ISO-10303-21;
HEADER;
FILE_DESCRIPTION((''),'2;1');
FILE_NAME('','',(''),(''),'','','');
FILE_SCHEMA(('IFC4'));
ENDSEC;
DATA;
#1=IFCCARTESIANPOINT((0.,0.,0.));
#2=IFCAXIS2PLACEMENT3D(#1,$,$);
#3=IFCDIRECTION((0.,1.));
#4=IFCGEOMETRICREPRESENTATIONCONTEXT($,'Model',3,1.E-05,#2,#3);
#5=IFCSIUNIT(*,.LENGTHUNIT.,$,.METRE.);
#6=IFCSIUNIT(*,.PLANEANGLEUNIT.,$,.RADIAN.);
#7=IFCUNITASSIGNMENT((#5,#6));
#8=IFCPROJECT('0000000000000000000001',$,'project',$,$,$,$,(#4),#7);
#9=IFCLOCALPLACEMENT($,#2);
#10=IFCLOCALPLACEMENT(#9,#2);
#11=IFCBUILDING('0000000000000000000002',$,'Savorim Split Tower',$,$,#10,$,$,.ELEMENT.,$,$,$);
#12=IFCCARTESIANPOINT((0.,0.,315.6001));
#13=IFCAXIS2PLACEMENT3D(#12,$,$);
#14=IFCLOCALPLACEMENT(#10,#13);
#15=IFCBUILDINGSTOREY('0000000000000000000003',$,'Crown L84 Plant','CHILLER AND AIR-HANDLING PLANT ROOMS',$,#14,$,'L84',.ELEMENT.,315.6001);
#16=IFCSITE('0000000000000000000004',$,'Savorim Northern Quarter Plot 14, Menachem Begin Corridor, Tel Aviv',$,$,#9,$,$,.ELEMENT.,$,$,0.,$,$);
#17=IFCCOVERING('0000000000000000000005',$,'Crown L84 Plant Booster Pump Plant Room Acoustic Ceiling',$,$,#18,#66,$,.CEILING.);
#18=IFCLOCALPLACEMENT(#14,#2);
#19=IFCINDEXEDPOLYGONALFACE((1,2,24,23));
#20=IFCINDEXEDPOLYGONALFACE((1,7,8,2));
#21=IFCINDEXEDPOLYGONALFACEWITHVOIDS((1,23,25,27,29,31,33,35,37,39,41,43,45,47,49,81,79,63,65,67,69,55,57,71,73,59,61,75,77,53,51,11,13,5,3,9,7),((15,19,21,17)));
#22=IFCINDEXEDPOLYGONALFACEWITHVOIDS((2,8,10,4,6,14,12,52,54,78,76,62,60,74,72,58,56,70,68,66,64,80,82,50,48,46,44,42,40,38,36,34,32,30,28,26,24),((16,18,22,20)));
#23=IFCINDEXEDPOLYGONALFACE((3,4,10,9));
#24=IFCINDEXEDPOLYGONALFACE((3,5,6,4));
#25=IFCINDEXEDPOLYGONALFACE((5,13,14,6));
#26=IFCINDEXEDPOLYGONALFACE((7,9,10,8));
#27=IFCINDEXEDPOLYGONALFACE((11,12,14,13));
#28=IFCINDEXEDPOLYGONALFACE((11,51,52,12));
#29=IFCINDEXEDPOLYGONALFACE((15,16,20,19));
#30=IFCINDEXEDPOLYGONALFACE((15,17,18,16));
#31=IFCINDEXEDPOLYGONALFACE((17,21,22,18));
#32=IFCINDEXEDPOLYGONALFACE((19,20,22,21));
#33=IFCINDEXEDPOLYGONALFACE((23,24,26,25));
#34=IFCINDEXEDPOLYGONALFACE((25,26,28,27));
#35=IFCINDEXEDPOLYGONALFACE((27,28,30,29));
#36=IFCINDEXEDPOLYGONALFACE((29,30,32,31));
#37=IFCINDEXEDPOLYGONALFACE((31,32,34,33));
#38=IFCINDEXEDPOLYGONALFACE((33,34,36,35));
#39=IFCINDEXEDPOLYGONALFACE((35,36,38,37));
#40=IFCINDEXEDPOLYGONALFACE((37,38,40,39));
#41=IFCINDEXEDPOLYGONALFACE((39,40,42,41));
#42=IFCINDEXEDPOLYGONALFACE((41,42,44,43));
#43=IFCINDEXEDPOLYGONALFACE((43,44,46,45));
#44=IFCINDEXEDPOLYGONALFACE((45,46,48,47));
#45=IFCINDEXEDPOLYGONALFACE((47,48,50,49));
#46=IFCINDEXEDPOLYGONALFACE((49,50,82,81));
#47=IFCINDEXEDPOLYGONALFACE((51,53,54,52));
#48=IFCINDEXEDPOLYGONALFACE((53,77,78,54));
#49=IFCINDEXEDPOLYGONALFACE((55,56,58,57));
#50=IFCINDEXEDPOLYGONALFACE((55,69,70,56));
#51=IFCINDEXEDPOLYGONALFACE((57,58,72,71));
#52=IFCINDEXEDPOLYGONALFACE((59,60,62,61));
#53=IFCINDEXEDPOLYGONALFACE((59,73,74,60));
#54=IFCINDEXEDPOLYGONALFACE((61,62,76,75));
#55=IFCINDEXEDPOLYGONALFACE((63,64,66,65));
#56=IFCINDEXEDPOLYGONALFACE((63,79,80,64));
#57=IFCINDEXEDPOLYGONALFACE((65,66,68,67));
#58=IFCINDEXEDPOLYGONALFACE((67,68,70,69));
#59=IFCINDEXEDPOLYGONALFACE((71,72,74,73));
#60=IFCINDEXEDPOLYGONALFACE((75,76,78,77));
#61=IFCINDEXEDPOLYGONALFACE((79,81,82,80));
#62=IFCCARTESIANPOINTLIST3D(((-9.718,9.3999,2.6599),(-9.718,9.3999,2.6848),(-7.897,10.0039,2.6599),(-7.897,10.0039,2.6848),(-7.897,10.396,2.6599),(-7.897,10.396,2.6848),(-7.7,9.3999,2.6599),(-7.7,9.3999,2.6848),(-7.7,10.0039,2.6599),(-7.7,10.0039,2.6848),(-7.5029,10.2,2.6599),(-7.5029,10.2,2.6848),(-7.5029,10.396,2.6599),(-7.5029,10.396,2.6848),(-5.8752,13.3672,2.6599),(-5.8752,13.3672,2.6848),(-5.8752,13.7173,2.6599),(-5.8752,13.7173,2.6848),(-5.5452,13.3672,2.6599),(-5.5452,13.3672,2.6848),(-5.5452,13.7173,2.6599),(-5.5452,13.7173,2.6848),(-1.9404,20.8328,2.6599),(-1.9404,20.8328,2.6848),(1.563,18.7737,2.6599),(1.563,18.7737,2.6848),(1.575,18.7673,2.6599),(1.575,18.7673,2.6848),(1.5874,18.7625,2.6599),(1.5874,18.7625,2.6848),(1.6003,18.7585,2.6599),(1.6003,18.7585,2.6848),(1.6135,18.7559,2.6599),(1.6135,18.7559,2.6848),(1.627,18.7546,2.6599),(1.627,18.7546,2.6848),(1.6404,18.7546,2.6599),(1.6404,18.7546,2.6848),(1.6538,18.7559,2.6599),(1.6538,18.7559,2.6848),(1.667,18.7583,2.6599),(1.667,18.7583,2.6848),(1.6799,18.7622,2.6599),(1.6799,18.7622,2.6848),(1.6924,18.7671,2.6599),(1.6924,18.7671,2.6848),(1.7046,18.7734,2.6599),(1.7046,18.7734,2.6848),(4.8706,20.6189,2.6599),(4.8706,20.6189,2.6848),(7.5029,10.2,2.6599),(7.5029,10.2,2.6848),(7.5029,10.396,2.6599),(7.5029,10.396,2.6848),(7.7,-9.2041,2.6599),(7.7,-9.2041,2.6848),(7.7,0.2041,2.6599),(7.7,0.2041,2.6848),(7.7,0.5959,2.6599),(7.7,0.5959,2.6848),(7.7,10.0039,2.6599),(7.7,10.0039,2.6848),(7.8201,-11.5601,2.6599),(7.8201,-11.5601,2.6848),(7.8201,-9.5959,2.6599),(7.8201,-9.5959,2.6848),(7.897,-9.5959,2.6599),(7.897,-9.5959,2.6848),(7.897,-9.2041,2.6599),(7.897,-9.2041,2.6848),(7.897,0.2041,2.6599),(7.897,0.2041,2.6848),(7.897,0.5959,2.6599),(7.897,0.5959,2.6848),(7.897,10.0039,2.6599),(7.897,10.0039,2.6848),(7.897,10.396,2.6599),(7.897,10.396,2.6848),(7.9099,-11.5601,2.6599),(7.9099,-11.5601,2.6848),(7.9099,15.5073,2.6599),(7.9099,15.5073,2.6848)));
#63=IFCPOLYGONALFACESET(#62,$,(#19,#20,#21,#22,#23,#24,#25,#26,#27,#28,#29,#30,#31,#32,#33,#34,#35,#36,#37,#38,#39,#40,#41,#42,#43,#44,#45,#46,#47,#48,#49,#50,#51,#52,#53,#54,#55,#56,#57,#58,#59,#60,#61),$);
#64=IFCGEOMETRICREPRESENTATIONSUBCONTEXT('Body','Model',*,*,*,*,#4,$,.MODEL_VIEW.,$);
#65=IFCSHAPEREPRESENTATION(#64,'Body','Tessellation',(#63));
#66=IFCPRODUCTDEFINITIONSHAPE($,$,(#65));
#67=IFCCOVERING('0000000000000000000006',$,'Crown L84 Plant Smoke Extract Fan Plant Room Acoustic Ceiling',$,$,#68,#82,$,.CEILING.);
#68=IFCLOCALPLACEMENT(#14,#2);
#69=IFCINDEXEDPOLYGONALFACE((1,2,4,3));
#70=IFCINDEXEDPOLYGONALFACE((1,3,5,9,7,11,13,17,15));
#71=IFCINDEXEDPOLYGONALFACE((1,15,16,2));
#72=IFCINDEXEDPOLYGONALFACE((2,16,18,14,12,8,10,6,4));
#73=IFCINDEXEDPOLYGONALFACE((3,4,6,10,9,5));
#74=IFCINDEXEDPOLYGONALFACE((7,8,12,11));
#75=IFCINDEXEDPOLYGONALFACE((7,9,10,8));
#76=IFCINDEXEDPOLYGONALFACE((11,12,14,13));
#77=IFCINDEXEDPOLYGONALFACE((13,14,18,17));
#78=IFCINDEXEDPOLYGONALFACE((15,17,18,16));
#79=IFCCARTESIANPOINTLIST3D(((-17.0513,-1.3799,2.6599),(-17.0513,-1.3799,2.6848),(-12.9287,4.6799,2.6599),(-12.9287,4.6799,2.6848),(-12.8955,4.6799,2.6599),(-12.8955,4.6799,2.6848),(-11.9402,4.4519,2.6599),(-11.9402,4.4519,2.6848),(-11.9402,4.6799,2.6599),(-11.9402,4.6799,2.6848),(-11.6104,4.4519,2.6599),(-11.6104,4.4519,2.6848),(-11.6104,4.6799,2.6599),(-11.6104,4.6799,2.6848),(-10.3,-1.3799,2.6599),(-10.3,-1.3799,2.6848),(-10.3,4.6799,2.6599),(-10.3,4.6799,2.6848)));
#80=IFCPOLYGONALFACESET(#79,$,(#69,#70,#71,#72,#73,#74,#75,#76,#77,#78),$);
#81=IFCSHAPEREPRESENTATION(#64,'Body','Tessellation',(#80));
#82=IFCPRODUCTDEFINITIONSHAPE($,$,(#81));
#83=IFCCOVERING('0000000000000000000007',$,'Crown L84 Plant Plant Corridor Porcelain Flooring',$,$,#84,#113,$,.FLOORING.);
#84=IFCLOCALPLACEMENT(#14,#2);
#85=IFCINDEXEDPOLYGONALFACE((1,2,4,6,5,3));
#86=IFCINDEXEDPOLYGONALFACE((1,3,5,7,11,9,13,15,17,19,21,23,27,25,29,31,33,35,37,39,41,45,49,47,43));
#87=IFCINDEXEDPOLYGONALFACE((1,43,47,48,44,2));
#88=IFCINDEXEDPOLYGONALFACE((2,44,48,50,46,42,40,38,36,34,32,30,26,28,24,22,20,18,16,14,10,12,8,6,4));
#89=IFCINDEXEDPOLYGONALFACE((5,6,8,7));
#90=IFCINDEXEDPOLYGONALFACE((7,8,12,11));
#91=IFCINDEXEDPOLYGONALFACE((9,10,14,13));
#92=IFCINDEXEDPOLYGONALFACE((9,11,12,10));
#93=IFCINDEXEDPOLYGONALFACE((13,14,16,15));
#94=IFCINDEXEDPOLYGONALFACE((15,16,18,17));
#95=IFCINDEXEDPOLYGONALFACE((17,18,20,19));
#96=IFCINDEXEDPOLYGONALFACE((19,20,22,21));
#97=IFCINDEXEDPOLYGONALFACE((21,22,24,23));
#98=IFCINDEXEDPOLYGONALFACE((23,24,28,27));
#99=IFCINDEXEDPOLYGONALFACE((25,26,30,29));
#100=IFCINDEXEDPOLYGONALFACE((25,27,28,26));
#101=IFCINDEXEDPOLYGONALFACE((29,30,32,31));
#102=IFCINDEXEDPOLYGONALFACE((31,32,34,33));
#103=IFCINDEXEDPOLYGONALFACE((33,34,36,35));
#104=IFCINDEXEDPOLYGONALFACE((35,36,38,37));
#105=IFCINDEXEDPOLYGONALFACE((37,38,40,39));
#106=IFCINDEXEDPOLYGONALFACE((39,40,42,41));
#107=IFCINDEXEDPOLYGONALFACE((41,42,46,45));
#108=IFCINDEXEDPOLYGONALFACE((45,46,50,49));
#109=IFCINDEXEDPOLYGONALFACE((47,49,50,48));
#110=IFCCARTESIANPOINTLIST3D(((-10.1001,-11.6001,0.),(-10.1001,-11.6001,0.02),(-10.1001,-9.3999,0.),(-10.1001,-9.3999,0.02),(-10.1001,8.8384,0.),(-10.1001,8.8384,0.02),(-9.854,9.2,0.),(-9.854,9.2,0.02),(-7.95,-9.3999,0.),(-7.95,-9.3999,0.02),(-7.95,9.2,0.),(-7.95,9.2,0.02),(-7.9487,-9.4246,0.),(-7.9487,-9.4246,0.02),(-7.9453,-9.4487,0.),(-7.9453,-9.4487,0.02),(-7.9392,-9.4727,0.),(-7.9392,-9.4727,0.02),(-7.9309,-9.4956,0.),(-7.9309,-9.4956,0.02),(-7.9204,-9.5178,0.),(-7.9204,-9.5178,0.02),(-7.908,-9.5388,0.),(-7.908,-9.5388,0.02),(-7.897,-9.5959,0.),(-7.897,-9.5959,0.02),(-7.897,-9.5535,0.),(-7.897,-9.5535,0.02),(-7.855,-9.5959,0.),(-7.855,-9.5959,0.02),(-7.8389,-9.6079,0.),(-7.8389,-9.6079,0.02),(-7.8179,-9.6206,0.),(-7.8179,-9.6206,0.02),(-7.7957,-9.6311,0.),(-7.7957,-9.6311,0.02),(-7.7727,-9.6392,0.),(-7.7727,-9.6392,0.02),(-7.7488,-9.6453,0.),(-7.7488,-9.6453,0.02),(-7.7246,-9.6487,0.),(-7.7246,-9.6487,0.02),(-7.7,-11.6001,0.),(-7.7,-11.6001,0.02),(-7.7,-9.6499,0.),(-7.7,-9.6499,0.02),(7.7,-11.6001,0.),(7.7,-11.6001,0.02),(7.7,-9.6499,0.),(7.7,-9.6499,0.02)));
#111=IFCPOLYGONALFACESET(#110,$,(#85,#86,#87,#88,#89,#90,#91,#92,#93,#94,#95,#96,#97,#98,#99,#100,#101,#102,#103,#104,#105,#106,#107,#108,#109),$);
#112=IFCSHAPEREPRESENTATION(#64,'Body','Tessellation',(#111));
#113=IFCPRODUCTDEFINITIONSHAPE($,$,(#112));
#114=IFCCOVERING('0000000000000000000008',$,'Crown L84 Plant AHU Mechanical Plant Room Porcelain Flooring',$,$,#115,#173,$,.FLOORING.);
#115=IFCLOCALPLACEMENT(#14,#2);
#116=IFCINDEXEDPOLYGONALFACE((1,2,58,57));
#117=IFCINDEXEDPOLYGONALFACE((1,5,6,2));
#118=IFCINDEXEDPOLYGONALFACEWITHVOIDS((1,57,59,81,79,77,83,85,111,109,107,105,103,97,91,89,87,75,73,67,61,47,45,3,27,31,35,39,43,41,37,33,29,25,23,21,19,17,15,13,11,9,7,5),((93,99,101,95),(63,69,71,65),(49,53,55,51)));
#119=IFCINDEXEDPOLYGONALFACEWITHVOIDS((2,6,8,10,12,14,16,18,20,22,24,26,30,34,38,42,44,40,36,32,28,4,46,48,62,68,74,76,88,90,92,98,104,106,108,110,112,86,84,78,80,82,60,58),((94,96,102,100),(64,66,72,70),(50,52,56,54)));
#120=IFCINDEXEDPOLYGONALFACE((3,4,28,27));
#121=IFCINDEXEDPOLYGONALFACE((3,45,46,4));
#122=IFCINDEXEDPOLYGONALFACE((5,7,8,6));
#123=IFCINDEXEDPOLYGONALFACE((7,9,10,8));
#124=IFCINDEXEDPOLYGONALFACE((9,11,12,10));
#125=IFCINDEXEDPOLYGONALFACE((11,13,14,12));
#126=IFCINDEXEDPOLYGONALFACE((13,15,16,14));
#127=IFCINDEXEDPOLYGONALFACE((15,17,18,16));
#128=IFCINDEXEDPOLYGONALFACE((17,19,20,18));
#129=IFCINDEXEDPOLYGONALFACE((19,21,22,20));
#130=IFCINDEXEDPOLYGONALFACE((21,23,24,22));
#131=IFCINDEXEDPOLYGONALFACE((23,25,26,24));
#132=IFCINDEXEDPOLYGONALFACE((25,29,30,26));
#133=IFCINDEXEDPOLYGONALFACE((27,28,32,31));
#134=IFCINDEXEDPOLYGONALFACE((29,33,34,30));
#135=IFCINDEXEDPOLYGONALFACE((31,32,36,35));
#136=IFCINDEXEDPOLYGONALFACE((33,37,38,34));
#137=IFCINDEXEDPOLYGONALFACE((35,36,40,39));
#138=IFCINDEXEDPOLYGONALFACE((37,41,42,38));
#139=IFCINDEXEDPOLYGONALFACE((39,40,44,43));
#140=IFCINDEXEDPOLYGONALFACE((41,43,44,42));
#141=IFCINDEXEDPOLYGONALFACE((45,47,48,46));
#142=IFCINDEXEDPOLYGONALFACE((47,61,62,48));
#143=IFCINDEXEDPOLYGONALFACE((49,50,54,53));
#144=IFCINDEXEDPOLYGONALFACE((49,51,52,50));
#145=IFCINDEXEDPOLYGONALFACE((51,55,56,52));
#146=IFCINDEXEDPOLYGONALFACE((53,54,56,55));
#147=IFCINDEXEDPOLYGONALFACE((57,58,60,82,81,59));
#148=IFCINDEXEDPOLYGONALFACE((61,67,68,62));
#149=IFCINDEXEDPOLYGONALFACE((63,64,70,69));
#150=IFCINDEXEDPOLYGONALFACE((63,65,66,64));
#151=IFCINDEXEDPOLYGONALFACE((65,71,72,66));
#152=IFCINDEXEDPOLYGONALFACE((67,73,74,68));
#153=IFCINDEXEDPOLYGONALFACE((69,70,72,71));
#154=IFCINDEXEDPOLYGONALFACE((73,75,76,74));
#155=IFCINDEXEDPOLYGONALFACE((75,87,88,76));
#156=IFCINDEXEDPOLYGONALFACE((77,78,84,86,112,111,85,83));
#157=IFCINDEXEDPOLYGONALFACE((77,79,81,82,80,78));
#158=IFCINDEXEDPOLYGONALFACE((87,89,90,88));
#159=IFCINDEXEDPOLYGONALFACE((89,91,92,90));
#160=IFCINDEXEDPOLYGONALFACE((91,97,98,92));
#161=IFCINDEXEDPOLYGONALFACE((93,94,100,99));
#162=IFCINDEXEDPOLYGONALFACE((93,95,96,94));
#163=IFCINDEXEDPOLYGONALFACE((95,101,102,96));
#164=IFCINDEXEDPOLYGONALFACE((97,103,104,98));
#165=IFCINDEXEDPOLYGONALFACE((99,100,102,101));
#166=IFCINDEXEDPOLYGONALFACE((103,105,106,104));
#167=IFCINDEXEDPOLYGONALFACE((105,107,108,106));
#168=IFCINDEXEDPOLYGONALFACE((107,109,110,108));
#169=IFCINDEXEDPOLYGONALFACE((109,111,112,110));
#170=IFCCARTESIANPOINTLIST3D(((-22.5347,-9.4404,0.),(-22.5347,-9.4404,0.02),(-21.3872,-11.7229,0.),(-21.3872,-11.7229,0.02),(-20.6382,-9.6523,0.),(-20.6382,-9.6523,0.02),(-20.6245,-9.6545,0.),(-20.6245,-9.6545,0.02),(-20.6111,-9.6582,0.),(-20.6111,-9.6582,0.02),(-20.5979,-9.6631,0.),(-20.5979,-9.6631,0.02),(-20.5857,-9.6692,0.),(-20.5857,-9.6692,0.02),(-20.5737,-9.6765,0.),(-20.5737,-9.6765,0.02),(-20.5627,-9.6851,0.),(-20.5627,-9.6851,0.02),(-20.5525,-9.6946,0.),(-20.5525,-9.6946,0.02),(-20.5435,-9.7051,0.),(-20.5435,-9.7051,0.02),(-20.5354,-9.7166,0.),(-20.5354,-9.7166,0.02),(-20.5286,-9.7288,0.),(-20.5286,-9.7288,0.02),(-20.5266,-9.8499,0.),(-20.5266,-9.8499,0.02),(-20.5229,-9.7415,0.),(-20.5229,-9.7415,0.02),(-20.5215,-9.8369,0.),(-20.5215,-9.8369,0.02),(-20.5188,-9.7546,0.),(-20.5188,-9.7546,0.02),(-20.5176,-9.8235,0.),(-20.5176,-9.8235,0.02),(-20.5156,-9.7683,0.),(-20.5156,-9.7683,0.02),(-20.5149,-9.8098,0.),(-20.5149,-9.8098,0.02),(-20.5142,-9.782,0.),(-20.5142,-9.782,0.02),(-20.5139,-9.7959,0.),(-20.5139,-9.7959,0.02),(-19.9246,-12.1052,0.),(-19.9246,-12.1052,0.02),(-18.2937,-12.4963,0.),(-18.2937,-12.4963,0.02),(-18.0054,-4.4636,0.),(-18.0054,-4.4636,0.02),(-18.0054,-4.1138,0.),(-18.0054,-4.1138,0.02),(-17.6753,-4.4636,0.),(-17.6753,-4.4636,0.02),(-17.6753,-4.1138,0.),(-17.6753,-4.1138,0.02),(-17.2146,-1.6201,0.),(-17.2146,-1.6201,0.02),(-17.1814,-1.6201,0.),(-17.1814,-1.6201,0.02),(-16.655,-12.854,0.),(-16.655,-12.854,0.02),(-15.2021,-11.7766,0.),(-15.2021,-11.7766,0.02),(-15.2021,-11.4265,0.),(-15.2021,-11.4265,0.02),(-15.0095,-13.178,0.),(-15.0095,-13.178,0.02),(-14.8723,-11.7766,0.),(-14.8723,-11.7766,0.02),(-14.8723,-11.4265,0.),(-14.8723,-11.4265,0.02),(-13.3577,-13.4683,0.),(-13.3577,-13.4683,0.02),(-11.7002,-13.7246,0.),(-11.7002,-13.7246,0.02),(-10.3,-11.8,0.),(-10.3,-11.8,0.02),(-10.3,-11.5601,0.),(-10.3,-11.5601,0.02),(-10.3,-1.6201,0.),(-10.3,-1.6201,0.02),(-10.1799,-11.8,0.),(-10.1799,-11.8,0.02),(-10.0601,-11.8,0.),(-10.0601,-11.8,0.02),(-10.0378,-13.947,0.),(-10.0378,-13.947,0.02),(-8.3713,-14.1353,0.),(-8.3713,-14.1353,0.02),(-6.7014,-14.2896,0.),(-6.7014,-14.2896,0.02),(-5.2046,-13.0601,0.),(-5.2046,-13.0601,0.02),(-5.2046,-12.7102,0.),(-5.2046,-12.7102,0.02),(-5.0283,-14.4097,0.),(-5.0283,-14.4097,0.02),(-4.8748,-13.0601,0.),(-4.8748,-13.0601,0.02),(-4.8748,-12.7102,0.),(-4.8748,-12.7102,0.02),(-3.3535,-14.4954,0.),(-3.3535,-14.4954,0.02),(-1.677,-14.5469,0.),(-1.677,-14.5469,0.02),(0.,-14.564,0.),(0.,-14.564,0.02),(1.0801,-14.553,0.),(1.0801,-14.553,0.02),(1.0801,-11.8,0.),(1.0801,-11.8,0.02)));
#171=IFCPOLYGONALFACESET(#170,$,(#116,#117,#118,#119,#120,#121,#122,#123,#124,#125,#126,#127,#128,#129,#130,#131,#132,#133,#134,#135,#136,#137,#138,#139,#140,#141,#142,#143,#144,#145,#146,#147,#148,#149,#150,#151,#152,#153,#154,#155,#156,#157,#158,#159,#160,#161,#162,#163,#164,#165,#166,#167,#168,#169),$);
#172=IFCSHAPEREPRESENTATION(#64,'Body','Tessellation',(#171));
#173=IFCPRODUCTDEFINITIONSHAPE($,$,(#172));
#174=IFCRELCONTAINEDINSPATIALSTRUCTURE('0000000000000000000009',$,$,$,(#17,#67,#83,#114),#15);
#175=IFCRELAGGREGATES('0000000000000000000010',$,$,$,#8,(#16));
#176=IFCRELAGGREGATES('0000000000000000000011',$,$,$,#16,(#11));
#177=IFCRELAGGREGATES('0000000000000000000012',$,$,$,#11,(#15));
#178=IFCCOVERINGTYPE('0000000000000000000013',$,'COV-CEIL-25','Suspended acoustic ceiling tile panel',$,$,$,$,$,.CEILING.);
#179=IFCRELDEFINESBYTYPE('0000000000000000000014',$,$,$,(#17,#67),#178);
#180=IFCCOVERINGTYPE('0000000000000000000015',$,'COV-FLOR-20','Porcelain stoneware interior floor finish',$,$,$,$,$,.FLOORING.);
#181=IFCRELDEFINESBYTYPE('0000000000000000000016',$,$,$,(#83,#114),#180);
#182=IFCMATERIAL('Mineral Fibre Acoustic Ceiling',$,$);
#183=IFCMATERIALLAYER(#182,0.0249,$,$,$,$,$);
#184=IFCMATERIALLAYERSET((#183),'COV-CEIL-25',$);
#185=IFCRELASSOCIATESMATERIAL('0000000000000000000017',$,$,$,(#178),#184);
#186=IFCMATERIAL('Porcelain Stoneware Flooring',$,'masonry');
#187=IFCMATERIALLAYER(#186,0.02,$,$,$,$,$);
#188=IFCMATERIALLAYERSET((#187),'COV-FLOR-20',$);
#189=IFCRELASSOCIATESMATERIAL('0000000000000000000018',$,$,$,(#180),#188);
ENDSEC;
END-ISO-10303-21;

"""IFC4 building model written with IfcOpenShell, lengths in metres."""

from ifc_helpers import new_model, si_unit, direction, frame, origin, place, context, subcontext, project, spatial, polyline, outline, extrude, material, layer, layer_set, type_object, element, save


model = new_model("IFC4")

# Units and contexts
model_context = context("Model", 3, precision=1e-05, world=origin(), true_north=direction((0.0, 1.0)))
body_context = subcontext(model_context, "Body", "Model", "MODEL_VIEW")
ifc_project = project(units=[si_unit("LENGTHUNIT", "METRE"), si_unit("PLANEANGLEUNIT", "RADIAN")], contexts=[model_context])

# Site, building, storey
site_placement = place(None, origin())
site = spatial("IfcSite", under=ifc_project, at=site_placement, Name="Savorim Northern Quarter Plot 14, Menachem Begin Corridor, Tel Aviv", CompositionType="ELEMENT", RefElevation=0.0)
building_placement = place(site_placement, origin())
building = spatial("IfcBuilding", under=site, at=building_placement, Name="Savorim Split Tower", CompositionType="ELEMENT")
storey_placement = place(building_placement, frame((0.0, 0.0, 315.6001)))
storey = spatial("IfcBuildingStorey", under=building, at=storey_placement, Name="Crown L84 Plant", Description="CHILLER AND AIR-HANDLING PLANT ROOMS", LongName="L84", CompositionType="ELEMENT", Elevation=315.6001)

# Coverings
ifc_material_1 = material(Name="Mineral Fibre Acoustic Ceiling")
ifc_layer_1 = layer(ifc_material_1, 0.0249)
ifc_layer_set_1 = layer_set([ifc_layer_1], Name="COV-CEIL-25")
covering_type_1 = type_object("IfcCoveringType", Name="COV-CEIL-25", Description="Suspended acoustic ceiling tile panel", PredefinedType="CEILING", material=ifc_layer_set_1)
covering_1_placement = place(storey_placement, frame((0.0, 0.0, 2.6599)))
element("IfcCovering", 1, at=covering_1_placement, inside=storey, type_object=covering_type_1, Name="Crown L84 Plant Booster Pump Plant Room Acoustic Ceiling", PredefinedType="CEILING", context=body_context, shape_type="SweptSolid", body=[
    extrude(outline(polyline([(1.575, 18.7673), (1.563, 18.7737), (-1.9404, 20.8328), (-9.718, 9.3999), (-7.7, 9.3999), (-7.7, 10.0039), (-7.897, 10.0039), (-7.897, 10.396), (-7.5029, 10.396), (-7.5029, 10.2), (7.5029, 10.2), (7.5029, 10.396), (7.897, 10.396), (7.897, 10.0039), (7.7, 10.0039), (7.7, 0.5959), (7.897, 0.5959), (7.897, 0.2041), (7.7, 0.2041), (7.7, -9.2041), (7.897, -9.2041), (7.897, -9.5959), (7.8201, -9.5959), (7.8201, -11.5601), (7.9099, -11.5601), (7.9099, 15.5073), (4.8706, 20.6189), (1.7046, 18.7734), (1.6924, 18.7671), (1.6799, 18.7622), (1.667, 18.7583), (1.6538, 18.7559), (1.6404, 18.7546), (1.627, 18.7546), (1.6135, 18.7559), (1.6003, 18.7585), (1.5874, 18.7625), (1.575, 18.7673)]), holes=[polyline([(-5.8752, 13.3672), (-5.5452, 13.3672), (-5.5452, 13.7173), (-5.8752, 13.7173), (-5.8752, 13.3672)])]), origin(), (0.0, 0.0, 1.0), 0.0249),
])
covering_2_placement = place(storey_placement, frame((0.0, 0.0, 2.6599)))
element("IfcCovering", 2, at=covering_2_placement, inside=storey, type_object=covering_type_1, Name="Crown L84 Plant Smoke Extract Fan Plant Room Acoustic Ceiling", PredefinedType="CEILING", context=body_context, shape_type="SweptSolid", body=[
    extrude(outline(polyline([(-11.9402, 4.6799), (-12.8955, 4.6799), (-12.9287, 4.6799), (-17.0513, -1.3799), (-10.3, -1.3799), (-10.3, 4.6799), (-11.6104, 4.6799), (-11.6104, 4.4519), (-11.9402, 4.4519), (-11.9402, 4.6799)])), origin(), (0.0, 0.0, 1.0), 0.0249),
])
ifc_material_2 = material(Name="Porcelain Stoneware Flooring", Category="masonry")
ifc_layer_2 = layer(ifc_material_2, 0.02)
ifc_layer_set_2 = layer_set([ifc_layer_2], Name="COV-FLOR-20")
covering_type_2 = type_object("IfcCoveringType", Name="COV-FLOR-20", Description="Porcelain stoneware interior floor finish", PredefinedType="FLOORING", material=ifc_layer_set_2)
covering_3_placement = place(storey_placement, origin())
element("IfcCovering", 3, at=covering_3_placement, inside=storey, type_object=covering_type_2, Name="Crown L84 Plant Plant Corridor Porcelain Flooring", PredefinedType="FLOORING", context=body_context, shape_type="SweptSolid", body=[
    extrude(outline(polyline([(-10.1001, -11.6001), (-7.7, -11.6001), (7.7, -11.6001), (7.7, -9.6499), (-7.7, -9.6499), (-7.7246, -9.6487), (-7.7488, -9.6453), (-7.7727, -9.6392), (-7.7957, -9.6311), (-7.8179, -9.6206), (-7.8389, -9.6079), (-7.855, -9.5959), (-7.897, -9.5959), (-7.897, -9.5535), (-7.908, -9.5388), (-7.9204, -9.5178), (-7.9309, -9.4956), (-7.9392, -9.4727), (-7.9453, -9.4487), (-7.9487, -9.4246), (-7.95, -9.3999), (-7.95, 9.2), (-9.854, 9.2), (-10.1001, 8.8384), (-10.1001, -9.3999), (-10.1001, -11.6001)])), origin(), (0.0, 0.0, 1.0), 0.02),
])
covering_4_placement = place(storey_placement, origin())
element("IfcCovering", 4, at=covering_4_placement, inside=storey, type_object=covering_type_2, Name="Crown L84 Plant AHU Mechanical Plant Room Porcelain Flooring", PredefinedType="FLOORING", context=body_context, shape_type="SweptSolid", body=[
    extrude(outline(polyline([(-3.3535, -14.4954), (-1.677, -14.5469), (0.0, -14.564), (1.0801, -14.553), (1.0801, -11.8), (-10.0601, -11.8), (-10.1799, -11.8), (-10.3, -11.8), (-10.3, -11.5601), (-10.3, -1.6201), (-17.1814, -1.6201), (-17.2146, -1.6201), (-22.5347, -9.4404), (-20.6382, -9.6523), (-20.6245, -9.6545), (-20.6111, -9.6582), (-20.5979, -9.6631), (-20.5857, -9.6692), (-20.5737, -9.6765), (-20.5627, -9.6851), (-20.5525, -9.6946), (-20.5435, -9.7051), (-20.5354, -9.7166), (-20.5286, -9.7288), (-20.5229, -9.7415), (-20.5188, -9.7546), (-20.5156, -9.7683), (-20.5142, -9.782), (-20.5139, -9.7959), (-20.5149, -9.8098), (-20.5176, -9.8235), (-20.5215, -9.8369), (-20.5266, -9.8499), (-21.3872, -11.7229), (-19.9246, -12.1052), (-18.2937, -12.4963), (-16.655, -12.854), (-15.0095, -13.178), (-13.3577, -13.4683), (-11.7002, -13.7246), (-10.0378, -13.947), (-8.3713, -14.1353), (-6.7014, -14.2896), (-5.0283, -14.4097), (-3.3535, -14.4954)]), holes=[polyline([(-15.2021, -11.4265), (-15.2021, -11.7766), (-14.8723, -11.7766), (-14.8723, -11.4265), (-15.2021, -11.4265)]), polyline([(-5.2046, -12.7102), (-5.2046, -13.0601), (-4.8748, -13.0601), (-4.8748, -12.7102), (-5.2046, -12.7102)]), polyline([(-18.0054, -4.1138), (-18.0054, -4.4636), (-17.6753, -4.4636), (-17.6753, -4.1138), (-18.0054, -4.1138)])]), origin(), (0.0, 0.0, 1.0), 0.02),
])

save(model, "model.ifc")
